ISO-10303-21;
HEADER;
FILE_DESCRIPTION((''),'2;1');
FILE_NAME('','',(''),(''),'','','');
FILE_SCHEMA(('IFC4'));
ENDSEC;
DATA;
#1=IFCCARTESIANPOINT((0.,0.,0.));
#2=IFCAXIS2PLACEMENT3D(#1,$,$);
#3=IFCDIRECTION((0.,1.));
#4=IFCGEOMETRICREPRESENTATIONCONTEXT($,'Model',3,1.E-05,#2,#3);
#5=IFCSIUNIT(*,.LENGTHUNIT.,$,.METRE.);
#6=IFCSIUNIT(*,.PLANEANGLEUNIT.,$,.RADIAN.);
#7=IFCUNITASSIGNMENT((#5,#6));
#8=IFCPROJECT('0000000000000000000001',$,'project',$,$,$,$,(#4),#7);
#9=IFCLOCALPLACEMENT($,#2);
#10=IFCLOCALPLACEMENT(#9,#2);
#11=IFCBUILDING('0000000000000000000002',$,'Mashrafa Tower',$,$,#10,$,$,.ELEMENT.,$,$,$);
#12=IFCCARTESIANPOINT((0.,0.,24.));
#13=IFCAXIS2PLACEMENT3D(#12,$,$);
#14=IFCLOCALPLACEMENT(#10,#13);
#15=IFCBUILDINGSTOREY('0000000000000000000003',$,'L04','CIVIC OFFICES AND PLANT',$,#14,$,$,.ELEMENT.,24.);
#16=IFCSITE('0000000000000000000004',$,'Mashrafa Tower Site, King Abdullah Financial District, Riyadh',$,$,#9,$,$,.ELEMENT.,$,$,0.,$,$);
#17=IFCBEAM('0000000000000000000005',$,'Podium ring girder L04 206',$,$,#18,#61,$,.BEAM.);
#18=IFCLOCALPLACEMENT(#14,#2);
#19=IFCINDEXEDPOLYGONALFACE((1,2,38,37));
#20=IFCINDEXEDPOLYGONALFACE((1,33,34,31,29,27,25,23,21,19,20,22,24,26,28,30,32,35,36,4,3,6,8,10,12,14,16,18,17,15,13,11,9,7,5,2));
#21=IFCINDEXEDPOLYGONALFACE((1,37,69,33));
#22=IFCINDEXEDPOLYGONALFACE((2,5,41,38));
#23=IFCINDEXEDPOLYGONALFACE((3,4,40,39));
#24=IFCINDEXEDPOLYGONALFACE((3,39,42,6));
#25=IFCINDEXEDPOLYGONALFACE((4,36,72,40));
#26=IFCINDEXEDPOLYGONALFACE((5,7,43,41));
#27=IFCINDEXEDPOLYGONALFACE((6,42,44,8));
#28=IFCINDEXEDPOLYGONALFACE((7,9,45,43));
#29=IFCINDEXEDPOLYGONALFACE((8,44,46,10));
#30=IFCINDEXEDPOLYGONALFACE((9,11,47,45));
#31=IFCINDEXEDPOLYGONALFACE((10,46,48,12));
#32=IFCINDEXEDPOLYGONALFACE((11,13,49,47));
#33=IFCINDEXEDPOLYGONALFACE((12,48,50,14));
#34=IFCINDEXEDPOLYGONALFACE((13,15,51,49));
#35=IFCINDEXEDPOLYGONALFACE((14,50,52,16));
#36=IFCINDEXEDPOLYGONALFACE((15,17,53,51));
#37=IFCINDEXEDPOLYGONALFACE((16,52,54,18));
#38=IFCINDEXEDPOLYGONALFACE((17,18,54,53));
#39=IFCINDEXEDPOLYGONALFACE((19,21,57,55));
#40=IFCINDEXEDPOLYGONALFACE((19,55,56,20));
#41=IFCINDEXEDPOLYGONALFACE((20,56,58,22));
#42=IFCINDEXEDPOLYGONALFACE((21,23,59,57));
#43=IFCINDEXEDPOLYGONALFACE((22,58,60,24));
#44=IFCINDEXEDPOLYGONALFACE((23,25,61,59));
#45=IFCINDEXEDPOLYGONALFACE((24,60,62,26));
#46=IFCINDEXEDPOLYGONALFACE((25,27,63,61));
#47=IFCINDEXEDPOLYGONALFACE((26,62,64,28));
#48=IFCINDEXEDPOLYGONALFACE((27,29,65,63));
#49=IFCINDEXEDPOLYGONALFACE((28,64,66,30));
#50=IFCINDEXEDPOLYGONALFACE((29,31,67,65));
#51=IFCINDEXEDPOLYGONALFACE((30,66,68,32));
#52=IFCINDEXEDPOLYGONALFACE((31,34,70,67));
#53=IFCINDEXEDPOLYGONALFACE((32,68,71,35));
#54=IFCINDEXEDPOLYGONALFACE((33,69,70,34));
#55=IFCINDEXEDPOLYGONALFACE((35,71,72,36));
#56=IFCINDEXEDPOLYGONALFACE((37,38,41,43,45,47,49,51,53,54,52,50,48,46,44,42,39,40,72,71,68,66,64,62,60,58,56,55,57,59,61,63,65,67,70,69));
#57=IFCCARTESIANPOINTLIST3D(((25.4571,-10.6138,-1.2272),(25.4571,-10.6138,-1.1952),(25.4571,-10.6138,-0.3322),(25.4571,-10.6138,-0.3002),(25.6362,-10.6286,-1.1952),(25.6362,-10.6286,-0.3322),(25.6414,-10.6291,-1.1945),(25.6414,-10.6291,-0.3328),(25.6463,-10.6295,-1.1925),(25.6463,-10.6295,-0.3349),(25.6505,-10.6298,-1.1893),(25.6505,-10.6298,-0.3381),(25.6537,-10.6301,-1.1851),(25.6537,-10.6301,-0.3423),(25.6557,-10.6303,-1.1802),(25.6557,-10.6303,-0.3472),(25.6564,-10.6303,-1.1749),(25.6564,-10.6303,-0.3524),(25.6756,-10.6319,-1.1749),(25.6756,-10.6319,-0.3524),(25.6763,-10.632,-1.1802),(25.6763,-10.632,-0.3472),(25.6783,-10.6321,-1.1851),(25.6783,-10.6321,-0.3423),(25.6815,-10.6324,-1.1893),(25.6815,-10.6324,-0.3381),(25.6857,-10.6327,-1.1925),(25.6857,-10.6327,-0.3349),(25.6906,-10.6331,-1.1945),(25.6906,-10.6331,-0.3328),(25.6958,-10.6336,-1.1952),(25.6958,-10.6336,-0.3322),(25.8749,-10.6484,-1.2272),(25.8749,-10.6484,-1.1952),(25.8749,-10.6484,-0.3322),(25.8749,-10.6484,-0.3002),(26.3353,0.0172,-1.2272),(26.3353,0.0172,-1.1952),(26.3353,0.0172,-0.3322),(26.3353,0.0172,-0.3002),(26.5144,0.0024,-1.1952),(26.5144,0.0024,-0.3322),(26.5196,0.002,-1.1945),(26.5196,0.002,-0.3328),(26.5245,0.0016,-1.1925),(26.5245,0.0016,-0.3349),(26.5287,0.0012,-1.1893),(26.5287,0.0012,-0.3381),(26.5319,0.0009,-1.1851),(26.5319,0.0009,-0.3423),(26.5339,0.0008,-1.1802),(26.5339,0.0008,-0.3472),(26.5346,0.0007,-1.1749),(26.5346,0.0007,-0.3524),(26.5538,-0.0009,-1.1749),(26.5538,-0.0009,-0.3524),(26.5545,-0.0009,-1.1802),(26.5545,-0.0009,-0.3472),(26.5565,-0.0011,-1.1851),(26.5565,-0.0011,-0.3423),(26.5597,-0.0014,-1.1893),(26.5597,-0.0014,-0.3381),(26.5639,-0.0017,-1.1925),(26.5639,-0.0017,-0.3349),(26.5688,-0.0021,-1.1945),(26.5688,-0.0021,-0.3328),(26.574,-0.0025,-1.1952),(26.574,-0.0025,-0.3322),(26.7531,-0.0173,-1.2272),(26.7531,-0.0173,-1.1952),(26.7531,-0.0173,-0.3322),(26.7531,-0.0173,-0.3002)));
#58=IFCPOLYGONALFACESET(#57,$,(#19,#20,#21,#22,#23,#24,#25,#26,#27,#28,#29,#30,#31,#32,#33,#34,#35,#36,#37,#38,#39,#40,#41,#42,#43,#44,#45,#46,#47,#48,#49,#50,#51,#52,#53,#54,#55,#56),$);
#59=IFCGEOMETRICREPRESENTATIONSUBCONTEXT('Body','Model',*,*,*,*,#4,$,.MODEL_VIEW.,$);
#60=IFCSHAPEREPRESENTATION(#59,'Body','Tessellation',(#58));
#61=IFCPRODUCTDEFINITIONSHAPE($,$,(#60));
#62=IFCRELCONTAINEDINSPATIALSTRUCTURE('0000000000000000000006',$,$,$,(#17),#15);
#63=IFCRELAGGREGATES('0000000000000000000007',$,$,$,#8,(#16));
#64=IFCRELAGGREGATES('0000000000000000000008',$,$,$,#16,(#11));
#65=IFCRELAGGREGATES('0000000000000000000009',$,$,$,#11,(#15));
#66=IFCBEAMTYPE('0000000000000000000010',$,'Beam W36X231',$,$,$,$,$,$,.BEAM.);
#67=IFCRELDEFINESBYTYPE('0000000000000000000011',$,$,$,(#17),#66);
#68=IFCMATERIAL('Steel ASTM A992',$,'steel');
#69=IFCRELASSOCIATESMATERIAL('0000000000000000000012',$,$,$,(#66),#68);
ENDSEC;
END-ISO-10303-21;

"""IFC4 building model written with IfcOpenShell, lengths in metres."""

from ifc_helpers import new_model, si_unit, direction, frame, origin, origin_2d, place, context, subcontext, project, spatial, i_section, extrude, material, material_profile, profile_set, type_object, element, save


model = new_model("IFC4")

# Units and contexts
model_context = context("Model", 3, precision=1e-05, world=origin(), true_north=direction((0.0, 1.0)))
body_context = subcontext(model_context, "Body", "Model", "MODEL_VIEW")
ifc_project = project(units=[si_unit("LENGTHUNIT", "METRE"), si_unit("PLANEANGLEUNIT", "RADIAN")], contexts=[model_context])

# Site, building, storey
site_placement = place(None, origin())
site = spatial("IfcSite", under=ifc_project, at=site_placement, Name="Mashrafa Tower Site, King Abdullah Financial District, Riyadh", CompositionType="ELEMENT", RefElevation=0.0)
building_placement = place(site_placement, origin())
building = spatial("IfcBuilding", under=site, at=building_placement, Name="Mashrafa Tower", CompositionType="ELEMENT")
storey_placement = place(building_placement, frame((0.0, 0.0, 24.0)))
storey = spatial("IfcBuildingStorey", under=building, at=storey_placement, Name="L04", Description="CIVIC OFFICES AND PLANT", CompositionType="ELEMENT", Elevation=24.0)

# Beam
ifc_material_1 = material(Name="Steel ASTM A992", Category="steel")
ifc_material_profile_1 = material_profile(ifc_material_1, i_section(OverallWidth=0.4192, OverallDepth=0.927, WebThickness=0.0193, FlangeThickness=0.032, FilletRadius=0.0203, at=origin_2d()), Name="W36X231")
ifc_profile_set_1 = profile_set([ifc_material_profile_1], Name="Steel ASTM A992")
beam_type_1 = type_object("IfcBeamType", Name="Beam W36X231", PredefinedType="BEAM", material=ifc_profile_set_1)
beam_1_placement = place(storey_placement, frame((25.666, -10.6311, -0.7637), z_axis=(0.082324, 0.996606, 0.0), x_axis=(-0.996606, 0.082324, 0.0)))
element("IfcBeam", 1, at=beam_1_placement, inside=storey, type_object=beam_type_1, Name="Podium ring girder L04 206", PredefinedType="BEAM", context=body_context, shape_type="SweptSolid", body=[
    extrude(i_section(OverallWidth=0.4192, OverallDepth=0.927, WebThickness=0.0193, FlangeThickness=0.032, FilletRadius=0.0203, at=origin_2d()), origin(), (0.0, 0.0, 1.0), 10.6672),
])

save(model, "model.ifc")
